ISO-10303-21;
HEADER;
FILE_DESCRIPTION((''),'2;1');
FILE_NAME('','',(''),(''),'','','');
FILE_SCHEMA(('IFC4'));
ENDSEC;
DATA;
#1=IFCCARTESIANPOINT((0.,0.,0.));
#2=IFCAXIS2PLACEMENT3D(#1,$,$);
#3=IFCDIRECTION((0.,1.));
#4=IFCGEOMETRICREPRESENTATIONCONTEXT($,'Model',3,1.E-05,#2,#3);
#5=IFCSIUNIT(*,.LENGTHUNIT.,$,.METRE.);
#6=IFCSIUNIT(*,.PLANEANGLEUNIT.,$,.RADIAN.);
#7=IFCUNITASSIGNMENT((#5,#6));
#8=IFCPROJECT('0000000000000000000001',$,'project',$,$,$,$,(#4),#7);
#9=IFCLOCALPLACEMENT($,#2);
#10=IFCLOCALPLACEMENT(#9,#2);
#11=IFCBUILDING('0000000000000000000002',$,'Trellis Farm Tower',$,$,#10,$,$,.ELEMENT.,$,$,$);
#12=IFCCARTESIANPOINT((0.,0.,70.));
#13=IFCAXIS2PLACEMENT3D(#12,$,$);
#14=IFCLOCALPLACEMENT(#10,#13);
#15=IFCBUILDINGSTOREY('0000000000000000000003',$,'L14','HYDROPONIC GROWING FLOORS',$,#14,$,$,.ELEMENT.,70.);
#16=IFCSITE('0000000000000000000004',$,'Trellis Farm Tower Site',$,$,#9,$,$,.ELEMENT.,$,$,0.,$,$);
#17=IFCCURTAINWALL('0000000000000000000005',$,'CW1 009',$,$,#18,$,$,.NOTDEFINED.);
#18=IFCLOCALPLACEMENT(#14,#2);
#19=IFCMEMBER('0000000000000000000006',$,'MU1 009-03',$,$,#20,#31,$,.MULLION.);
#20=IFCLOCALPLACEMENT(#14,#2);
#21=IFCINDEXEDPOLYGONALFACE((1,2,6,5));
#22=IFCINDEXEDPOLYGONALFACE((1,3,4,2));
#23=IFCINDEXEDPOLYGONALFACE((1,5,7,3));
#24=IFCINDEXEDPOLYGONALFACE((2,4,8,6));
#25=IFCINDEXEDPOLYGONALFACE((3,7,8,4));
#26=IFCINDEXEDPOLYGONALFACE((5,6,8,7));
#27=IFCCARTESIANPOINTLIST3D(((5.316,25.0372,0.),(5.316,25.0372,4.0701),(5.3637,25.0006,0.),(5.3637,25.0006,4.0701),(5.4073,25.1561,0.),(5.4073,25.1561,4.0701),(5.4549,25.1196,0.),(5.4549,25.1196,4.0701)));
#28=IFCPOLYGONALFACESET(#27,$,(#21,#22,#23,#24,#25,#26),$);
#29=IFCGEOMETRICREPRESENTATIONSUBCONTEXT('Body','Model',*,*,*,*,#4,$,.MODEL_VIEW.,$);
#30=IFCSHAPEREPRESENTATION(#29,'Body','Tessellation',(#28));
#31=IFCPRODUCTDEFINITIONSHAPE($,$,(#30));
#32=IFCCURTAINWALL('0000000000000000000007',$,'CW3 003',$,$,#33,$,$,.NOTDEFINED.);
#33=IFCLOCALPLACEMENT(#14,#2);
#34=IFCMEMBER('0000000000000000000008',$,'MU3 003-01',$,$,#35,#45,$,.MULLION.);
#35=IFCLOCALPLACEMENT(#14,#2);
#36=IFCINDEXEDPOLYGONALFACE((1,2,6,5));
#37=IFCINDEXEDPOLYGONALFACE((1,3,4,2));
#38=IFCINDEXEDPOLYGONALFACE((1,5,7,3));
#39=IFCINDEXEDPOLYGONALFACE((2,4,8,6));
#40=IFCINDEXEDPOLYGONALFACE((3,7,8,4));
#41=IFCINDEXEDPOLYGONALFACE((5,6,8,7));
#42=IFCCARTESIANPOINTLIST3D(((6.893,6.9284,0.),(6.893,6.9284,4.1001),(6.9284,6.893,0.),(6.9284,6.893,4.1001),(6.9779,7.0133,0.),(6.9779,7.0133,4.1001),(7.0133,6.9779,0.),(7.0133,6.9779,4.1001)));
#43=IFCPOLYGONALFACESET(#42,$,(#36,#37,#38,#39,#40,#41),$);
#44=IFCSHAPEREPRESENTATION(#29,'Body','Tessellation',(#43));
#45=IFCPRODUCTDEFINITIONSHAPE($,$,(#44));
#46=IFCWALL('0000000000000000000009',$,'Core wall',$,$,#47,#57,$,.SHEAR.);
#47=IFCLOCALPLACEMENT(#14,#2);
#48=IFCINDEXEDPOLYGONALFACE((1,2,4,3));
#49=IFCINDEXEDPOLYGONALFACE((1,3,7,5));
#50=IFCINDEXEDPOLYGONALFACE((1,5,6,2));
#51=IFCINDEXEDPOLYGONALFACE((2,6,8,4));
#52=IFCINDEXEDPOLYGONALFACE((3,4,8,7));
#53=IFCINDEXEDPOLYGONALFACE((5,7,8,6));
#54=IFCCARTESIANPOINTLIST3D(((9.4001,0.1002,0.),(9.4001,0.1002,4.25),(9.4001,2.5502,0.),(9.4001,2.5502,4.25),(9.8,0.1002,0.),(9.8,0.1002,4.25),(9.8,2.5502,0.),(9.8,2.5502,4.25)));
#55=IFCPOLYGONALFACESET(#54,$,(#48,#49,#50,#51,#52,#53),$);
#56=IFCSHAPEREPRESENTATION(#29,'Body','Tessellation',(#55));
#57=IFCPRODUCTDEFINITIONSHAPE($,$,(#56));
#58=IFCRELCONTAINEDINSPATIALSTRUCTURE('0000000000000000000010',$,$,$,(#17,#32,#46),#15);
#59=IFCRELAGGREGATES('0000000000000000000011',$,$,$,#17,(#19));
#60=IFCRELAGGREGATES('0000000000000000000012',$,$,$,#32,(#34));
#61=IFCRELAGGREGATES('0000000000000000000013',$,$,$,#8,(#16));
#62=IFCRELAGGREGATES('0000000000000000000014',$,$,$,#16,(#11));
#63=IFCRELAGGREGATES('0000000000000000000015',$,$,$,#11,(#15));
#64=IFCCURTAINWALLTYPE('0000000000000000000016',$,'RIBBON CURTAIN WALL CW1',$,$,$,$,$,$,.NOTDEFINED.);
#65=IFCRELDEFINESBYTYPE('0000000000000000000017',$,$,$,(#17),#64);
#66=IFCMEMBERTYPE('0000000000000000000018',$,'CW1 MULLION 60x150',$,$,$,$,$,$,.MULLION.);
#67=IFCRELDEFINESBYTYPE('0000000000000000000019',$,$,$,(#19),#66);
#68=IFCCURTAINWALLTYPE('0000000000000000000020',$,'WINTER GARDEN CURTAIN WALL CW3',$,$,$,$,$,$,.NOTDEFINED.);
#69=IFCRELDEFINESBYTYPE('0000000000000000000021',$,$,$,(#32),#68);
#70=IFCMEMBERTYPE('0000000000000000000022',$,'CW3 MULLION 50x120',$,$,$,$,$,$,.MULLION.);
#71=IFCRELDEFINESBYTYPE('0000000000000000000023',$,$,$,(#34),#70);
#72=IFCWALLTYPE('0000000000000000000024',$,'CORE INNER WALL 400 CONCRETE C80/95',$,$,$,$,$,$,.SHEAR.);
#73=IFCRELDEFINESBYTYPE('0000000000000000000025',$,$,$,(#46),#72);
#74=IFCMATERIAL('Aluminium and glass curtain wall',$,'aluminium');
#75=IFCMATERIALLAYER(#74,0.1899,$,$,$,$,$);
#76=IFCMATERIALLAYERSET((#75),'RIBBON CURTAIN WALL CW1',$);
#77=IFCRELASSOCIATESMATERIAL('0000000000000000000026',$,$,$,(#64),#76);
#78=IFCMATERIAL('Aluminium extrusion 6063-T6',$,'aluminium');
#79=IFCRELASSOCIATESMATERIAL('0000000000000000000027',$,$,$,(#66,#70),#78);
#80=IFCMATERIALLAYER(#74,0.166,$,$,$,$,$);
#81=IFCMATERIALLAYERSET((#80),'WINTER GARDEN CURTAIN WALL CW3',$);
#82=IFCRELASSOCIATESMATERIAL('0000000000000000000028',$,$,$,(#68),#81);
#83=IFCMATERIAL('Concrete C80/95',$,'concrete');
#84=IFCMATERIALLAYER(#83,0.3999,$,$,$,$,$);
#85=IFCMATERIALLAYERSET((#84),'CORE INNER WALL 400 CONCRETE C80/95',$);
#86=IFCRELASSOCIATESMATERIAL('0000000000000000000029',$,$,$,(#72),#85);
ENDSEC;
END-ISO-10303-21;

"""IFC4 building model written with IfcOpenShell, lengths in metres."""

from ifc_helpers import new_model, si_unit, direction, frame, frame_2d, origin, origin_2d, place, context, subcontext, project, spatial, rectangle, extrude, source, transform, mapped, material, layer, layer_set, material_profile, profile_set, type_object, element, aggregate, save


model = new_model("IFC4")

# Units and contexts
model_context = context("Model", 3, precision=1e-05, world=origin(), true_north=direction((0.0, 1.0)))
body_context = subcontext(model_context, "Body", "Model", "MODEL_VIEW")
ifc_project = project(units=[si_unit("LENGTHUNIT", "METRE"), si_unit("PLANEANGLEUNIT", "RADIAN")], contexts=[model_context])

# Site, building, storey
site_placement = place(None, origin())
site = spatial("IfcSite", under=ifc_project, at=site_placement, Name="Trellis Farm Tower Site", CompositionType="ELEMENT", RefElevation=0.0)
building_placement = place(site_placement, origin())
building = spatial("IfcBuilding", under=site, at=building_placement, Name="Trellis Farm Tower", CompositionType="ELEMENT")
storey_placement = place(building_placement, frame((0.0, 0.0, 70.0)))
storey = spatial("IfcBuildingStorey", under=building, at=storey_placement, Name="L14", Description="HYDROPONIC GROWING FLOORS", CompositionType="ELEMENT", Elevation=70.0)

# Shared definitions
ifc_material_1 = material(Name="Concrete C80/95", Category="concrete")

# Curtain wall, member
ifc_material_2 = material(Name="Aluminium and glass curtain wall", Category="aluminium")
ifc_layer_1 = layer(ifc_material_2, 0.1899)
ifc_layer_set_1 = layer_set([ifc_layer_1], Name="RIBBON CURTAIN WALL CW1")
curtain_wall_type_1 = type_object("IfcCurtainWallType", Name="RIBBON CURTAIN WALL CW1", PredefinedType="NOTDEFINED", material=ifc_layer_set_1)
placement = place(storey_placement, origin())
curtain_wall_1 = element("IfcCurtainWall", 1, at=placement, inside=storey, type_object=curtain_wall_type_1, Name="CW1 009", PredefinedType="NOTDEFINED")
ifc_material_3 = material(Name="Aluminium extrusion 6063-T6", Category="aluminium")
ifc_material_profile_1 = material_profile(ifc_material_3, rectangle(XDim=0.0601, YDim=0.1499, at=origin_2d()), Name="MULLION 60x150")
ifc_profile_set_1 = profile_set([ifc_material_profile_1], Name="Aluminium extrusion 6063-T6")
member_type_1 = type_object("IfcMemberType", Name="CW1 MULLION 60x150", PredefinedType="MULLION", material=ifc_profile_set_1)
shared_shape_1 = source(origin(), body_context, "Body", "SweptSolid", [
    extrude(rectangle(XDim=0.0601, YDim=0.1499, at=origin_2d()), origin(), (0.0, 0.0, 1.0), 4.0701),
])
member_1_placement = place(storey_placement, frame((5.3855, 25.0784, 0.0), z_axis=(0.0, 0.0, 1.0), x_axis=(-0.793353, 0.608761, 0.0)))
member_1 = element("IfcMember", 2, at=member_1_placement, type_object=member_type_1, Name="MU1 009-03", PredefinedType="MULLION", context=body_context, shape_type="MappedRepresentation", body=[
    mapped(shared_shape_1, transform((0.0, 0.0, 0.0))),
])
aggregate(curtain_wall_1, [member_1])

# Curtain wall, member
ifc_layer_2 = layer(ifc_material_2, 0.166)
ifc_layer_set_2 = layer_set([ifc_layer_2], Name="WINTER GARDEN CURTAIN WALL CW3")
curtain_wall_type_2 = type_object("IfcCurtainWallType", Name="WINTER GARDEN CURTAIN WALL CW3", PredefinedType="NOTDEFINED", material=ifc_layer_set_2)
curtain_wall_2 = element("IfcCurtainWall", 3, at=placement, inside=storey, type_object=curtain_wall_type_2, Name="CW3 003", PredefinedType="NOTDEFINED")
ifc_material_profile_2 = material_profile(ifc_material_3, rectangle(XDim=0.05, YDim=0.1201, at=origin_2d()), Name="MULLION 50x120")
ifc_profile_set_2 = profile_set([ifc_material_profile_2], Name="Aluminium extrusion 6063-T6")
member_type_2 = type_object("IfcMemberType", Name="CW3 MULLION 50x120", PredefinedType="MULLION", material=ifc_profile_set_2)
shared_shape_2 = source(origin(), body_context, "Body", "SweptSolid", [
    extrude(rectangle(XDim=0.05, YDim=0.1201, at=origin_2d()), origin(), (0.0, 0.0, 1.0), 4.1001),
])
member_2_placement = place(storey_placement, frame((6.9531, 6.9531, 0.0), z_axis=(0.0, 0.0, 1.0), x_axis=(-0.707107, 0.707107, 0.0)))
member_2 = element("IfcMember", 4, at=member_2_placement, type_object=member_type_2, Name="MU3 003-01", PredefinedType="MULLION", context=body_context, shape_type="MappedRepresentation", body=[
    mapped(shared_shape_2, transform((0.0, 0.0, 0.0))),
])
aggregate(curtain_wall_2, [member_2])

# Wall
ifc_layer_3 = layer(ifc_material_1, 0.3999)
ifc_layer_set_3 = layer_set([ifc_layer_3], Name="CORE INNER WALL 400 CONCRETE C80/95")
wall_type_1 = type_object("IfcWallType", Name="CORE INNER WALL 400 CONCRETE C80/95", PredefinedType="SHEAR", material=ifc_layer_set_3)
shared_shape_3 = source(origin(), body_context, "Body", "SweptSolid", [
    extrude(rectangle(XDim=2.45, YDim=0.3999, at=frame_2d((1.2251, 0.0))), origin(), (0.0, 0.0, 1.0), 4.25),
])
wall_1_placement = place(storey_placement, frame((9.6001, 0.1001, 0.0), z_axis=(0.0, 0.0, 1.0), x_axis=(0.0, 1.0, 0.0)))
element("IfcWall", 5, at=wall_1_placement, inside=storey, type_object=wall_type_1, Name="Core wall", PredefinedType="SHEAR", context=body_context, shape_type="MappedRepresentation", body=[
    mapped(shared_shape_3, transform((0.0, 0.0, 0.0))),
])

save(model, "model.ifc")
